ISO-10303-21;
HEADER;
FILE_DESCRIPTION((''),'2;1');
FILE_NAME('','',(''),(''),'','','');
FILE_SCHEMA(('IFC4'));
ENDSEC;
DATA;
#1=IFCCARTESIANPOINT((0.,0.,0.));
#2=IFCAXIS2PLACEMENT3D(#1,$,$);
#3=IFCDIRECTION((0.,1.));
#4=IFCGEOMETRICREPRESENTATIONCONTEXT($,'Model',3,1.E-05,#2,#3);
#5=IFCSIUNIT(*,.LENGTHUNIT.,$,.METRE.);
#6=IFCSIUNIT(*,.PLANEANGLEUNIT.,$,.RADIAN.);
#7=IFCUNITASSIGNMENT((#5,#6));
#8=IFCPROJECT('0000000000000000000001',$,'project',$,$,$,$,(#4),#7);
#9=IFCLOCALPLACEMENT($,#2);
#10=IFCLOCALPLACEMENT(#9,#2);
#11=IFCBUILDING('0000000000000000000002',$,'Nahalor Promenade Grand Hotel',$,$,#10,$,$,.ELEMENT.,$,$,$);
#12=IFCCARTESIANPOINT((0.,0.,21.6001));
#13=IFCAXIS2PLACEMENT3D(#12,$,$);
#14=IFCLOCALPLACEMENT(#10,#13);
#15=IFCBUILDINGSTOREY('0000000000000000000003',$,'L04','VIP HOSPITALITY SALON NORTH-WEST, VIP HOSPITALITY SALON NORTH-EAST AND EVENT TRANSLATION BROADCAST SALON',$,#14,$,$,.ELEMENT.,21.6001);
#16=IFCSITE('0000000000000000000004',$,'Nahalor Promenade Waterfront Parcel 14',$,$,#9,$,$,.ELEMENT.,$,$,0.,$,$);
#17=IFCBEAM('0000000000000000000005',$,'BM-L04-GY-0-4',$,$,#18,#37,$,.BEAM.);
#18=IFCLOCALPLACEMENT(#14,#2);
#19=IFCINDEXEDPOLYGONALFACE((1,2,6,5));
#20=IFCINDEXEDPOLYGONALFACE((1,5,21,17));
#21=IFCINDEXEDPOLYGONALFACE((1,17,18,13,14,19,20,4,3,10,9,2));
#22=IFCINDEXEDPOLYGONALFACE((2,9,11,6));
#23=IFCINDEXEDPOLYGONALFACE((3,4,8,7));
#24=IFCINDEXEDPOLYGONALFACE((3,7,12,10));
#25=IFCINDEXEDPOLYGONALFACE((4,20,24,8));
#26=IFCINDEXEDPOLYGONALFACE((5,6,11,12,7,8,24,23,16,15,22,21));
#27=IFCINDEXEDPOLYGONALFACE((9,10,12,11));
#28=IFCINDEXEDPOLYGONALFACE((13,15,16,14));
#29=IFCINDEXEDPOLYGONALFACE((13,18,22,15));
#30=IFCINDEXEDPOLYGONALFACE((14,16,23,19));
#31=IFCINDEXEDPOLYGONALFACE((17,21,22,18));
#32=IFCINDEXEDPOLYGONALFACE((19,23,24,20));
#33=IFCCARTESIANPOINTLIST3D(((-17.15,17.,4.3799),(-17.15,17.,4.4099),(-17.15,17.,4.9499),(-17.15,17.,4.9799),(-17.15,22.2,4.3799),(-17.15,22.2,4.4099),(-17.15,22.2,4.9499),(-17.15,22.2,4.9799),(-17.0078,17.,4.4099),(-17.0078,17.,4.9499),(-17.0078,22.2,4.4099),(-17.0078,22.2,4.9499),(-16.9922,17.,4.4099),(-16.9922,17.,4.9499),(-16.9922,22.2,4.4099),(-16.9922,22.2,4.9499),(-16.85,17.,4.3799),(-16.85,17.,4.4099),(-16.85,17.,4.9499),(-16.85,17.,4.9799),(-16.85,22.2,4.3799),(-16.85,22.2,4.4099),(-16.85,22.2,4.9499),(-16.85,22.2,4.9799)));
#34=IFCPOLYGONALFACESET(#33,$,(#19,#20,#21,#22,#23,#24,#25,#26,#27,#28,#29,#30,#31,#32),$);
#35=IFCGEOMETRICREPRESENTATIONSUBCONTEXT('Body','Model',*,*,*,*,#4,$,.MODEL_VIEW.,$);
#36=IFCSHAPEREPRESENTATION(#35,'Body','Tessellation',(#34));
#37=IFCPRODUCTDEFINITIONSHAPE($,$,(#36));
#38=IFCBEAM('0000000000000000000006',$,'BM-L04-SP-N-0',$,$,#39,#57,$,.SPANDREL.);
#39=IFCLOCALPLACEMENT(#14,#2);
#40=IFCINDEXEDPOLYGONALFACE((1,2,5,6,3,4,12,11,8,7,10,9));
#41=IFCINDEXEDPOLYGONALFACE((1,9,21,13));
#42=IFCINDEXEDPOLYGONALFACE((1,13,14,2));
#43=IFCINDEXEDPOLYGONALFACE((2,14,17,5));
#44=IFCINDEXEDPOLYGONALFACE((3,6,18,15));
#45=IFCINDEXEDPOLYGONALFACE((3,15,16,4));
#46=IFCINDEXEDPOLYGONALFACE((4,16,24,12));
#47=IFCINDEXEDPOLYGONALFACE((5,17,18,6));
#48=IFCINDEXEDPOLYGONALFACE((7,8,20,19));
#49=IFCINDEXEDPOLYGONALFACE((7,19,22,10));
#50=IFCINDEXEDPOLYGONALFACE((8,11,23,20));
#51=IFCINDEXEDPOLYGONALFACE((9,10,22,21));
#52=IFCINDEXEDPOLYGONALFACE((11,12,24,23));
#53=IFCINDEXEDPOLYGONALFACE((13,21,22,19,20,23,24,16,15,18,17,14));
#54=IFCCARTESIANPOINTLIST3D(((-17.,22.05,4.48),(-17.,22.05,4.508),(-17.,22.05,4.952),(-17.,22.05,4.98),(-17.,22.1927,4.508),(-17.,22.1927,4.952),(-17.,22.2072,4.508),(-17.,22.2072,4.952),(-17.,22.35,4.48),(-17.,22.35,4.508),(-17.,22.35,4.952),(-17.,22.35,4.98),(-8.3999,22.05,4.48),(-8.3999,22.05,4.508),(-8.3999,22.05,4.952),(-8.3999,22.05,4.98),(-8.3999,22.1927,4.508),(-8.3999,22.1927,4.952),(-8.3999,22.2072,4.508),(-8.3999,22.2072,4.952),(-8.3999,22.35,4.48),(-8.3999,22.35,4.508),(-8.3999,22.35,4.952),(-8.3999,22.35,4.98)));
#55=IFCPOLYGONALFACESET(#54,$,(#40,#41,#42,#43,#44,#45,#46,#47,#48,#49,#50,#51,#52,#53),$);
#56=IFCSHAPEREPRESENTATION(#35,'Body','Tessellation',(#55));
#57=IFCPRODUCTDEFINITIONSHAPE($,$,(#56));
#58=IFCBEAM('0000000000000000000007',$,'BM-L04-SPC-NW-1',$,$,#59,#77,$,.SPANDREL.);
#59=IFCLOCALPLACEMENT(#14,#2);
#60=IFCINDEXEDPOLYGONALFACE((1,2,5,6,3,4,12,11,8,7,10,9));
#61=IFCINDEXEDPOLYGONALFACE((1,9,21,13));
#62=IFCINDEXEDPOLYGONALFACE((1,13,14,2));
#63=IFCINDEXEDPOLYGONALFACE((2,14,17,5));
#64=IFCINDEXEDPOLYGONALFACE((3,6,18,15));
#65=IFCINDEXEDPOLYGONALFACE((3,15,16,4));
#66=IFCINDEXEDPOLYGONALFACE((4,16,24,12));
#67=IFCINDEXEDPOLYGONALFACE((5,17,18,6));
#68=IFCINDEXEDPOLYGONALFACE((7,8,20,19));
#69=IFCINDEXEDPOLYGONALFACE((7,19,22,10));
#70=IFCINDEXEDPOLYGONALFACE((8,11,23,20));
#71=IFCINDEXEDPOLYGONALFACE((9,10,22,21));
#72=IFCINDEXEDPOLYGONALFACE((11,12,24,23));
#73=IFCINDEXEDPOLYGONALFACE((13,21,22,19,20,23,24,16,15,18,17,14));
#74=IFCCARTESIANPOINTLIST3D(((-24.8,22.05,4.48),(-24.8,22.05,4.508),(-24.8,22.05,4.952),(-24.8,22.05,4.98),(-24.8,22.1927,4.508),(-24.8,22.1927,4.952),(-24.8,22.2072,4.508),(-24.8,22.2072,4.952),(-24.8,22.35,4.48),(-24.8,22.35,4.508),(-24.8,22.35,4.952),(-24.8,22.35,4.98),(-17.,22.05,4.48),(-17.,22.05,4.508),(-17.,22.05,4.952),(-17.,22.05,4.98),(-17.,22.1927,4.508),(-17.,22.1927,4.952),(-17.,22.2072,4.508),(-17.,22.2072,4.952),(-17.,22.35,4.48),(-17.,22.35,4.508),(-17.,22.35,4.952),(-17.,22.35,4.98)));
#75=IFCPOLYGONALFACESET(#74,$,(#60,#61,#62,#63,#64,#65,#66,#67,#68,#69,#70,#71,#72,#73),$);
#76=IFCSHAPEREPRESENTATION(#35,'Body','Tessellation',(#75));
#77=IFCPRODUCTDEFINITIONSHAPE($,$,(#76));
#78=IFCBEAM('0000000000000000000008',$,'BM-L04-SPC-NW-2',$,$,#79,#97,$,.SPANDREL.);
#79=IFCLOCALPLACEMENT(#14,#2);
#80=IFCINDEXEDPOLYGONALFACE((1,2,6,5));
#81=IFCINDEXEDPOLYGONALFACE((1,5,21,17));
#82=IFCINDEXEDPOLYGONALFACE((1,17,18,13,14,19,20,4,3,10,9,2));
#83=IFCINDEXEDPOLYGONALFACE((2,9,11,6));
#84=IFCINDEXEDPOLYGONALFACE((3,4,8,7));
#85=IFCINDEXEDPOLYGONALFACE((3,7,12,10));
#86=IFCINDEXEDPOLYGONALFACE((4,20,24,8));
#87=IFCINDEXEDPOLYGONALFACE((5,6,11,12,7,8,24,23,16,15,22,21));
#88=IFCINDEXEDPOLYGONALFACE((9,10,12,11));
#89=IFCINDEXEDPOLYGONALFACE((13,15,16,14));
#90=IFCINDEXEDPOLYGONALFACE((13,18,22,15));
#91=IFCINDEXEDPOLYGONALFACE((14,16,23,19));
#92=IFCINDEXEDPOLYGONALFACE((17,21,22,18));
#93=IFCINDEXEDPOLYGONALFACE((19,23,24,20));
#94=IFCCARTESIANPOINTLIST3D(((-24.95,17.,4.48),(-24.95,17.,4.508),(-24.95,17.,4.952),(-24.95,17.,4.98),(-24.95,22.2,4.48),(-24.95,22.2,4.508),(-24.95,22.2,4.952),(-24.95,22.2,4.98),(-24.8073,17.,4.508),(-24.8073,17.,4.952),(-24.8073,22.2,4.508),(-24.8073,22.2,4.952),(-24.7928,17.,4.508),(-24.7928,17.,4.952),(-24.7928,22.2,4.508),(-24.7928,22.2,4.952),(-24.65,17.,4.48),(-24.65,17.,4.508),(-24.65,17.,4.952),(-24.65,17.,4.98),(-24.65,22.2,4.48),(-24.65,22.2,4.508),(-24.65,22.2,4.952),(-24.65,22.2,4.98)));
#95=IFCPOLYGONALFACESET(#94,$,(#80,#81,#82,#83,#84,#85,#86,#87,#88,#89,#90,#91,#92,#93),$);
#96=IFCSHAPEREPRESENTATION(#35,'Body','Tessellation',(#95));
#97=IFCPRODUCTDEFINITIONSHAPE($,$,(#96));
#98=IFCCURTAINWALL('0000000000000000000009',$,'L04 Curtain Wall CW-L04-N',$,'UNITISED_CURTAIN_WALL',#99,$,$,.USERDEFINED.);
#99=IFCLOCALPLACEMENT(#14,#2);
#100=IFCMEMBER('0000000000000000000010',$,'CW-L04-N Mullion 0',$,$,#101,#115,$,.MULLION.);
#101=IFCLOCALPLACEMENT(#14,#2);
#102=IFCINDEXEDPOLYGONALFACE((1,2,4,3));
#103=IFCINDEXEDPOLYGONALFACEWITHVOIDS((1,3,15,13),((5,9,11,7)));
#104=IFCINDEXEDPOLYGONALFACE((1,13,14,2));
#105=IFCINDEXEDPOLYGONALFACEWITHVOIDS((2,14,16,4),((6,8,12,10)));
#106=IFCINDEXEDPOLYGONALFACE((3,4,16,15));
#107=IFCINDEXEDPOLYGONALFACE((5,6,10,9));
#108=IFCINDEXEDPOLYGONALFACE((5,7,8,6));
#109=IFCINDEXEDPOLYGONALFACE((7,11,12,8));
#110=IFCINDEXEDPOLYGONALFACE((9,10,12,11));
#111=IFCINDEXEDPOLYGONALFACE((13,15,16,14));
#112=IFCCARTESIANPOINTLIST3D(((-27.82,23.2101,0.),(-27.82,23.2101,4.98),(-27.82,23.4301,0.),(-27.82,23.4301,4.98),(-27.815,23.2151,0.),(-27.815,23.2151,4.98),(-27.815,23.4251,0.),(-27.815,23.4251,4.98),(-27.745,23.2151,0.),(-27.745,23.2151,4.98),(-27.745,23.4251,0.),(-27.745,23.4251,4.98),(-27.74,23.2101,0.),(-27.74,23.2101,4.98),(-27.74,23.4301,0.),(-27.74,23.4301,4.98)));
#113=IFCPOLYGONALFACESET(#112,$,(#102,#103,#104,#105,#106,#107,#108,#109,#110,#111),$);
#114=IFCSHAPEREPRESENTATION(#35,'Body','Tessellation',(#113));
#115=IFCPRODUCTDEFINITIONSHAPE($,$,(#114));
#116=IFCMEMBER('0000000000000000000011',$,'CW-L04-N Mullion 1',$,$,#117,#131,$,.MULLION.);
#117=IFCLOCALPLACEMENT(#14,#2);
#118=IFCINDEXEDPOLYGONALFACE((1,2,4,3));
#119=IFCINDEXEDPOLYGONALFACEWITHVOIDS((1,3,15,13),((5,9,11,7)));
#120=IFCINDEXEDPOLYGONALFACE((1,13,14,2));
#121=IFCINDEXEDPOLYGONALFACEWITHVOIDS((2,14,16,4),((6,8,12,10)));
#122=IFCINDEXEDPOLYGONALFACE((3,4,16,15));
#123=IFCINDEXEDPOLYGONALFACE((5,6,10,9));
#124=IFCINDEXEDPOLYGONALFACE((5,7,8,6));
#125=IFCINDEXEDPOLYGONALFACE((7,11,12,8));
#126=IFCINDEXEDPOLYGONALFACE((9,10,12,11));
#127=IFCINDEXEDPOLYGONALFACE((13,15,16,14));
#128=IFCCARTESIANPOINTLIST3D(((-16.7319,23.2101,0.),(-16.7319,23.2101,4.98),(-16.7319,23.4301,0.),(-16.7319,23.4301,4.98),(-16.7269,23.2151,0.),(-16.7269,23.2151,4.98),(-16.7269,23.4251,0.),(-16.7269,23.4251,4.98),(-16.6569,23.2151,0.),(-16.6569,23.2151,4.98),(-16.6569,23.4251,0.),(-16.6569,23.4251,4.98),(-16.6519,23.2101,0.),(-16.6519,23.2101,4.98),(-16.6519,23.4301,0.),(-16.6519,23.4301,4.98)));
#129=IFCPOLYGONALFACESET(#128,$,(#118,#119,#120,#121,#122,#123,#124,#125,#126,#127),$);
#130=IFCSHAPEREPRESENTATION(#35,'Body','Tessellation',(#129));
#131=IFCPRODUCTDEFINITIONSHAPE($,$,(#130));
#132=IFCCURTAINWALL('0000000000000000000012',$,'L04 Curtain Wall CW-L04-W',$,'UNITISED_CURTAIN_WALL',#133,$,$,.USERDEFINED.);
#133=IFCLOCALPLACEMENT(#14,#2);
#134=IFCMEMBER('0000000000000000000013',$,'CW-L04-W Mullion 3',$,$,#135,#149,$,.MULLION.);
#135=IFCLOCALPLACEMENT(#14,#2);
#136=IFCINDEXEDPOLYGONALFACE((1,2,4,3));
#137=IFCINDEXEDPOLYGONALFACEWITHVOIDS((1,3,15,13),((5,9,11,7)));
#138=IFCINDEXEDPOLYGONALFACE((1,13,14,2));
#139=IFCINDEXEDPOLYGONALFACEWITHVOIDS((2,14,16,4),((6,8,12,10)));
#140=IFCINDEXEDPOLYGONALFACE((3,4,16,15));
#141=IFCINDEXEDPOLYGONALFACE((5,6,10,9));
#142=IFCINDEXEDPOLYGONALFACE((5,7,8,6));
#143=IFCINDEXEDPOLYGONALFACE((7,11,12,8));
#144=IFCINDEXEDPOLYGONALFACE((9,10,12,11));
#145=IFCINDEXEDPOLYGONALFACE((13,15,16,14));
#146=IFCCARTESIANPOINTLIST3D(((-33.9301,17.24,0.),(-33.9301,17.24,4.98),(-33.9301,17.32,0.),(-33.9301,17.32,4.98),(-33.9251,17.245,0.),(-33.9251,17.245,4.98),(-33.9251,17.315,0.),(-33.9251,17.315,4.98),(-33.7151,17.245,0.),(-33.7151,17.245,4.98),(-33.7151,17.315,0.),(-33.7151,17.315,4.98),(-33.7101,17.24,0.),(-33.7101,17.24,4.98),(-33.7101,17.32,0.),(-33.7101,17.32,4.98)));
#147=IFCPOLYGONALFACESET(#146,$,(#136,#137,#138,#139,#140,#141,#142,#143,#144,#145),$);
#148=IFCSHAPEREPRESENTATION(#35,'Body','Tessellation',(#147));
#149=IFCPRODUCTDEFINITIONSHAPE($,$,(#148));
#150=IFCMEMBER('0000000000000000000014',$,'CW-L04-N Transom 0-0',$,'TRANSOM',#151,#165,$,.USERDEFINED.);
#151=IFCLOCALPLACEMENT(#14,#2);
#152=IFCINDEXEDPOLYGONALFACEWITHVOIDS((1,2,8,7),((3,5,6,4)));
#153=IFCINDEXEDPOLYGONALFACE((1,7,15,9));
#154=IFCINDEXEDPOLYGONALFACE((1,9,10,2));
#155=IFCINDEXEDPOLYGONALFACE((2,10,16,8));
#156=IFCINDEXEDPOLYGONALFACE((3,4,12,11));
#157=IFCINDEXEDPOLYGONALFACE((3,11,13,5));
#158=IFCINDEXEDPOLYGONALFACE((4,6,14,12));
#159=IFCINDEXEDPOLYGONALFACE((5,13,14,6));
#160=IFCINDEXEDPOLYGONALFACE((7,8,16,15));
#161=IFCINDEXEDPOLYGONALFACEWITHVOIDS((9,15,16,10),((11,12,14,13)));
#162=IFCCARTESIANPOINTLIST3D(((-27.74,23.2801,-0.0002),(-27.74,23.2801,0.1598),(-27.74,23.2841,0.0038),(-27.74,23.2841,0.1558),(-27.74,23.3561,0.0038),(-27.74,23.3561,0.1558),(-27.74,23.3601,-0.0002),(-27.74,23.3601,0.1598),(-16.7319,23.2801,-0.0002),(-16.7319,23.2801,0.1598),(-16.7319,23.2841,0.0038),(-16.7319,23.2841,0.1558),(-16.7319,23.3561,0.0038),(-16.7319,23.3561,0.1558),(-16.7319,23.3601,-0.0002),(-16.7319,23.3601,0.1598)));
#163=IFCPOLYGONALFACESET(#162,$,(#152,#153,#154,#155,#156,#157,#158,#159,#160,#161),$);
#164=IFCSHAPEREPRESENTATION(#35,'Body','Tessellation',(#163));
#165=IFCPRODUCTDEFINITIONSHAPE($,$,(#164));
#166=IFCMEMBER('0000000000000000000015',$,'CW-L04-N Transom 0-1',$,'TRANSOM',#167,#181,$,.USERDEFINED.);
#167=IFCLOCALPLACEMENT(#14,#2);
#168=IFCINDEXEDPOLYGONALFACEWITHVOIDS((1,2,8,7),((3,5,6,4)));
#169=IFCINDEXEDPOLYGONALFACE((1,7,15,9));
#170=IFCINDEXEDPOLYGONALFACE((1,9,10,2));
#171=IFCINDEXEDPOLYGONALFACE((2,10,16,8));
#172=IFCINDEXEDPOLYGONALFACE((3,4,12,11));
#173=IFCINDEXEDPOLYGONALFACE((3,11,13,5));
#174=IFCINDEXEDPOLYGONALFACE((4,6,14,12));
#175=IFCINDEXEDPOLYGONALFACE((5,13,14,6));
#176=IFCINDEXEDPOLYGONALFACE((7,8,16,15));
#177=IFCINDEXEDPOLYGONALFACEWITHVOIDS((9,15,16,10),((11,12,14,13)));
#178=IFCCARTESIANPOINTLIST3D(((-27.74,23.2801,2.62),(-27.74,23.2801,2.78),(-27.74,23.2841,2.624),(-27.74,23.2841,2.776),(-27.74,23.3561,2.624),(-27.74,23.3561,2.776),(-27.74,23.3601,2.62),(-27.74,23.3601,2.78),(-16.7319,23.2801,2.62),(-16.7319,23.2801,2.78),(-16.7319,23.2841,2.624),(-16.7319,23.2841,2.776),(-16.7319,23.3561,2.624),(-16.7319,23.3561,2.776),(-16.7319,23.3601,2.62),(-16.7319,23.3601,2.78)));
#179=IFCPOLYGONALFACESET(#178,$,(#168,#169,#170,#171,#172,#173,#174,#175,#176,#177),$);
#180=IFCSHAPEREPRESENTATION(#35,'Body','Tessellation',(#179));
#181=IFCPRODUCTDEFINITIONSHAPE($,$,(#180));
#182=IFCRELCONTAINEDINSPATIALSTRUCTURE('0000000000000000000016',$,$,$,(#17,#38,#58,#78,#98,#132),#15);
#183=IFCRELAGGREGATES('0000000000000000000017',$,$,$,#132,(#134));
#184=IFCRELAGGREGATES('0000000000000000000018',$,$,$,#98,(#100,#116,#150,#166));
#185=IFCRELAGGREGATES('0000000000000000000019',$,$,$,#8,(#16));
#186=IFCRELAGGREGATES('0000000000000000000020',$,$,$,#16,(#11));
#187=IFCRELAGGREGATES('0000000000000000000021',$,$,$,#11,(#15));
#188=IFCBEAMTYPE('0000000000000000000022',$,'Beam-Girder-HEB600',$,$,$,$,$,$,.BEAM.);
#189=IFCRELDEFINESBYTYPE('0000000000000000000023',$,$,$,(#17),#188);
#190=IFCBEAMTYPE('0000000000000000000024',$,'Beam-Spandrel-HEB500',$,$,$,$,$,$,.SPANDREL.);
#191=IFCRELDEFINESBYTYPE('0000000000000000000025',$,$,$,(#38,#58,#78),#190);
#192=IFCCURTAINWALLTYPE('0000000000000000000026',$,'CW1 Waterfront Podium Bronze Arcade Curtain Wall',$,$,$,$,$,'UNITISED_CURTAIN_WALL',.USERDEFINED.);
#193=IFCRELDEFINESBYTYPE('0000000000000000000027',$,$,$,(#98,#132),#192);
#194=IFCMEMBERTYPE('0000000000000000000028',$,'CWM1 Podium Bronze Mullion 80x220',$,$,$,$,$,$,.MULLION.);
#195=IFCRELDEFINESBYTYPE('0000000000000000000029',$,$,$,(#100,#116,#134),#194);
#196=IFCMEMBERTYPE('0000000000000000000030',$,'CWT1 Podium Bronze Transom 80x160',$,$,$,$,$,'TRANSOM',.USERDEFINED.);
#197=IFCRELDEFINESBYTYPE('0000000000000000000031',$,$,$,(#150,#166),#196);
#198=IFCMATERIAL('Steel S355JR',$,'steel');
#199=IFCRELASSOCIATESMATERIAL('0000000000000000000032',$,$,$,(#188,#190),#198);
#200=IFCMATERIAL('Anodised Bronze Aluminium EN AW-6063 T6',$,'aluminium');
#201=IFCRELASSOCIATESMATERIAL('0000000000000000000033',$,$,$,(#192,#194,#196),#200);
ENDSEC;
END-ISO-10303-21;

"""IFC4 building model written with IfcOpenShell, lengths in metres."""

from ifc_helpers import new_model, si_unit, direction, frame, origin, origin_2d, place, context, subcontext, project, spatial, hollow_rectangle, i_section, extrude, source, transform, mapped, material, material_profile, profile_set, type_object, element, aggregate, save


model = new_model("IFC4")

# Units and contexts
model_context = context("Model", 3, precision=1e-05, world=origin(), true_north=direction((0.0, 1.0)))
body_context = subcontext(model_context, "Body", "Model", "MODEL_VIEW")
ifc_project = project(units=[si_unit("LENGTHUNIT", "METRE"), si_unit("PLANEANGLEUNIT", "RADIAN")], contexts=[model_context])

# Site, building, storey
site_placement = place(None, origin())
site = spatial("IfcSite", under=ifc_project, at=site_placement, Name="Nahalor Promenade Waterfront Parcel 14", CompositionType="ELEMENT", RefElevation=0.0)
building_placement = place(site_placement, origin())
building = spatial("IfcBuilding", under=site, at=building_placement, Name="Nahalor Promenade Grand Hotel", CompositionType="ELEMENT")
storey_placement = place(building_placement, frame((0.0, 0.0, 21.6001)))
storey = spatial("IfcBuildingStorey", under=building, at=storey_placement, Name="L04", Description="VIP HOSPITALITY SALON NORTH-WEST, VIP HOSPITALITY SALON NORTH-EAST AND EVENT TRANSLATION BROADCAST SALON", CompositionType="ELEMENT", Elevation=21.6001)

# Beams
ifc_material_1 = material(Name="Steel S355JR", Category="steel")
ifc_material_profile_1 = material_profile(ifc_material_1, i_section(OverallWidth=0.3, OverallDepth=0.6, WebThickness=0.0155, FlangeThickness=0.03, at=origin_2d()), Name="HEB 600")
ifc_profile_set_1 = profile_set([ifc_material_profile_1], Name="Steel S355JR")
beam_type_1 = type_object("IfcBeamType", Name="Beam-Girder-HEB600", PredefinedType="BEAM", material=ifc_profile_set_1)
shared_shape_1 = source(origin(), body_context, "Body", "SweptSolid", [
    extrude(i_section(OverallWidth=0.3, OverallDepth=0.6, WebThickness=0.0155, FlangeThickness=0.03, at=origin_2d()), origin(), (0.0, 0.0, 1.0), 5.2),
])
beam_1_placement = place(storey_placement, frame((-17.0, 17.0, 4.6799), z_axis=(0.0, 1.0, 0.0), x_axis=(-1.0, 0.0, 0.0)))
element("IfcBeam", 1, at=beam_1_placement, inside=storey, type_object=beam_type_1, Name="BM-L04-GY-0-4", PredefinedType="BEAM", context=body_context, shape_type="MappedRepresentation", body=[
    mapped(shared_shape_1, transform((0.0, 0.0, 0.0), scale=1.0)),
])
ifc_material_profile_2 = material_profile(ifc_material_1, i_section(OverallWidth=0.3, OverallDepth=0.5, WebThickness=0.0145, FlangeThickness=0.028, at=origin_2d()), Name="HEB 500")
ifc_profile_set_2 = profile_set([ifc_material_profile_2], Name="Steel S355JR")
beam_type_2 = type_object("IfcBeamType", Name="Beam-Spandrel-HEB500", PredefinedType="SPANDREL", material=ifc_profile_set_2)
shared_shape_2 = source(origin(), body_context, "Body", "SweptSolid", [
    extrude(i_section(OverallWidth=0.3, OverallDepth=0.5, WebThickness=0.0145, FlangeThickness=0.028, at=origin_2d()), origin(), (0.0, 0.0, 1.0), 8.6001),
])
beam_2_placement = place(storey_placement, frame((-17.0, 22.2, 4.73), z_axis=(1.0, 0.0, 0.0), x_axis=(0.0, 1.0, 0.0)))
element("IfcBeam", 2, at=beam_2_placement, inside=storey, type_object=beam_type_2, Name="BM-L04-SP-N-0", PredefinedType="SPANDREL", context=body_context, shape_type="MappedRepresentation", body=[
    mapped(shared_shape_2, transform((0.0, 0.0, 0.0), scale=1.0)),
])
shared_shape_3 = source(origin(), body_context, "Body", "SweptSolid", [
    extrude(i_section(OverallWidth=0.3, OverallDepth=0.5, WebThickness=0.0145, FlangeThickness=0.028, at=origin_2d()), origin(), (0.0, 0.0, 1.0), 7.8),
])
beam_3_placement = place(storey_placement, frame((-17.0, 22.2, 4.73), z_axis=(-1.0, 0.0, 0.0), x_axis=(0.0, -1.0, 0.0)))
element("IfcBeam", 3, at=beam_3_placement, inside=storey, type_object=beam_type_2, Name="BM-L04-SPC-NW-1", PredefinedType="SPANDREL", context=body_context, shape_type="MappedRepresentation", body=[
    mapped(shared_shape_3, transform((0.0, 0.0, 0.0), scale=1.0)),
])
shared_shape_4 = source(origin(), body_context, "Body", "SweptSolid", [
    extrude(i_section(OverallWidth=0.3, OverallDepth=0.5, WebThickness=0.0145, FlangeThickness=0.028, at=origin_2d()), origin(), (0.0, 0.0, 1.0), 5.2),
])
beam_4_placement = place(storey_placement, frame((-24.8, 22.2, 4.73), z_axis=(0.0, -1.0, 0.0), x_axis=(1.0, 0.0, 0.0)))
element("IfcBeam", 4, at=beam_4_placement, inside=storey, type_object=beam_type_2, Name="BM-L04-SPC-NW-2", PredefinedType="SPANDREL", context=body_context, shape_type="MappedRepresentation", body=[
    mapped(shared_shape_4, transform((0.0, 0.0, 0.0), scale=1.0)),
])

# Curtain wall, members
ifc_material_2 = material(Name="Anodised Bronze Aluminium EN AW-6063 T6", Category="aluminium")
curtain_wall_type = type_object("IfcCurtainWallType", Name="CW1 Waterfront Podium Bronze Arcade Curtain Wall", ElementType="UNITISED_CURTAIN_WALL", PredefinedType="USERDEFINED", material=ifc_material_2)
curtain_wall_1_placement = place(storey_placement, origin())
curtain_wall_1 = element("IfcCurtainWall", 5, at=curtain_wall_1_placement, inside=storey, type_object=curtain_wall_type, Name="L04 Curtain Wall CW-L04-N", ObjectType="UNITISED_CURTAIN_WALL", PredefinedType="USERDEFINED")
ifc_material_profile_3 = material_profile(ifc_material_2, hollow_rectangle(XDim=0.08, YDim=0.22, WallThickness=0.005, at=origin_2d()), Name="CWM 80x220x5")
ifc_profile_set_3 = profile_set([ifc_material_profile_3], Name="Anodised Bronze Aluminium EN AW-6063 T6")
member_type_1 = type_object("IfcMemberType", Name="CWM1 Podium Bronze Mullion 80x220", PredefinedType="MULLION", material=ifc_profile_set_3)
shared_shape_5 = source(origin(), body_context, "Body", "SweptSolid", [
    extrude(hollow_rectangle(XDim=0.08, YDim=0.22, WallThickness=0.005, at=origin_2d()), origin(), (0.0, 0.0, 1.0), 4.98),
])
member_1_placement = place(storey_placement, frame((-27.78, 23.3201, 0.0), z_axis=(0.0, 0.0, 1.0), x_axis=(1.0, 0.0, 0.0)))
member_1 = element("IfcMember", 6, at=member_1_placement, type_object=member_type_1, Name="CW-L04-N Mullion 0", PredefinedType="MULLION", context=body_context, shape_type="MappedRepresentation", body=[
    mapped(shared_shape_5, transform((0.0, 0.0, 0.0), scale=1.0)),
])
member_2_placement = place(storey_placement, frame((-16.6919, 23.3201, 0.0), z_axis=(0.0, 0.0, 1.0), x_axis=(1.0, 0.0, 0.0)))
member_2 = element("IfcMember", 7, at=member_2_placement, type_object=member_type_1, Name="CW-L04-N Mullion 1", PredefinedType="MULLION", context=body_context, shape_type="MappedRepresentation", body=[
    mapped(shared_shape_5, transform((0.0, 0.0, 0.0), scale=1.0)),
])

# Curtain wall, member
curtain_wall_2_placement = place(storey_placement, origin())
curtain_wall_2 = element("IfcCurtainWall", 8, at=curtain_wall_2_placement, inside=storey, type_object=curtain_wall_type, Name="L04 Curtain Wall CW-L04-W", ObjectType="UNITISED_CURTAIN_WALL", PredefinedType="USERDEFINED")
member_3_placement = place(storey_placement, frame((-33.8201, 17.28, 0.0), z_axis=(0.0, 0.0, 1.0), x_axis=(0.0, 1.0, 0.0)))
member_3 = element("IfcMember", 9, at=member_3_placement, type_object=member_type_1, Name="CW-L04-W Mullion 3", PredefinedType="MULLION", context=body_context, shape_type="MappedRepresentation", body=[
    mapped(shared_shape_5, transform((0.0, 0.0, 0.0), scale=1.0)),
])
aggregate(curtain_wall_2, [member_3])

# Members
ifc_material_profile_4 = material_profile(ifc_material_2, hollow_rectangle(XDim=0.08, YDim=0.16, WallThickness=0.004, at=origin_2d()), Name="CWT 80x160x4")
ifc_profile_set_4 = profile_set([ifc_material_profile_4], Name="Anodised Bronze Aluminium EN AW-6063 T6")
member_type_2 = type_object("IfcMemberType", Name="CWT1 Podium Bronze Transom 80x160", ElementType="TRANSOM", PredefinedType="USERDEFINED", material=ifc_profile_set_4)
shared_shape_6 = source(origin(), body_context, "Body", "SweptSolid", [
    extrude(hollow_rectangle(XDim=0.08, YDim=0.16, WallThickness=0.004, at=origin_2d()), origin(), (0.0, 0.0, 1.0), 11.0081),
])
member_4_placement = place(storey_placement, frame((-27.74, 23.3201, 0.0798), z_axis=(1.0, 0.0, 0.0), x_axis=(0.0, 1.0, 0.0)))
member_4 = element("IfcMember", 10, at=member_4_placement, type_object=member_type_2, Name="CW-L04-N Transom 0-0", ObjectType="TRANSOM", PredefinedType="USERDEFINED", context=body_context, shape_type="MappedRepresentation", body=[
    mapped(shared_shape_6, transform((0.0, 0.0, 0.0), scale=1.0)),
])
member_5_placement = place(storey_placement, frame((-27.74, 23.3201, 2.7), z_axis=(1.0, 0.0, 0.0), x_axis=(0.0, 1.0, 0.0)))
member_5 = element("IfcMember", 11, at=member_5_placement, type_object=member_type_2, Name="CW-L04-N Transom 0-1", ObjectType="TRANSOM", PredefinedType="USERDEFINED", context=body_context, shape_type="MappedRepresentation", body=[
    mapped(shared_shape_6, transform((0.0, 0.0, 0.0), scale=1.0)),
])

aggregate(curtain_wall_1, [member_1, member_2, member_4, member_5])

save(model, "model.ifc")
